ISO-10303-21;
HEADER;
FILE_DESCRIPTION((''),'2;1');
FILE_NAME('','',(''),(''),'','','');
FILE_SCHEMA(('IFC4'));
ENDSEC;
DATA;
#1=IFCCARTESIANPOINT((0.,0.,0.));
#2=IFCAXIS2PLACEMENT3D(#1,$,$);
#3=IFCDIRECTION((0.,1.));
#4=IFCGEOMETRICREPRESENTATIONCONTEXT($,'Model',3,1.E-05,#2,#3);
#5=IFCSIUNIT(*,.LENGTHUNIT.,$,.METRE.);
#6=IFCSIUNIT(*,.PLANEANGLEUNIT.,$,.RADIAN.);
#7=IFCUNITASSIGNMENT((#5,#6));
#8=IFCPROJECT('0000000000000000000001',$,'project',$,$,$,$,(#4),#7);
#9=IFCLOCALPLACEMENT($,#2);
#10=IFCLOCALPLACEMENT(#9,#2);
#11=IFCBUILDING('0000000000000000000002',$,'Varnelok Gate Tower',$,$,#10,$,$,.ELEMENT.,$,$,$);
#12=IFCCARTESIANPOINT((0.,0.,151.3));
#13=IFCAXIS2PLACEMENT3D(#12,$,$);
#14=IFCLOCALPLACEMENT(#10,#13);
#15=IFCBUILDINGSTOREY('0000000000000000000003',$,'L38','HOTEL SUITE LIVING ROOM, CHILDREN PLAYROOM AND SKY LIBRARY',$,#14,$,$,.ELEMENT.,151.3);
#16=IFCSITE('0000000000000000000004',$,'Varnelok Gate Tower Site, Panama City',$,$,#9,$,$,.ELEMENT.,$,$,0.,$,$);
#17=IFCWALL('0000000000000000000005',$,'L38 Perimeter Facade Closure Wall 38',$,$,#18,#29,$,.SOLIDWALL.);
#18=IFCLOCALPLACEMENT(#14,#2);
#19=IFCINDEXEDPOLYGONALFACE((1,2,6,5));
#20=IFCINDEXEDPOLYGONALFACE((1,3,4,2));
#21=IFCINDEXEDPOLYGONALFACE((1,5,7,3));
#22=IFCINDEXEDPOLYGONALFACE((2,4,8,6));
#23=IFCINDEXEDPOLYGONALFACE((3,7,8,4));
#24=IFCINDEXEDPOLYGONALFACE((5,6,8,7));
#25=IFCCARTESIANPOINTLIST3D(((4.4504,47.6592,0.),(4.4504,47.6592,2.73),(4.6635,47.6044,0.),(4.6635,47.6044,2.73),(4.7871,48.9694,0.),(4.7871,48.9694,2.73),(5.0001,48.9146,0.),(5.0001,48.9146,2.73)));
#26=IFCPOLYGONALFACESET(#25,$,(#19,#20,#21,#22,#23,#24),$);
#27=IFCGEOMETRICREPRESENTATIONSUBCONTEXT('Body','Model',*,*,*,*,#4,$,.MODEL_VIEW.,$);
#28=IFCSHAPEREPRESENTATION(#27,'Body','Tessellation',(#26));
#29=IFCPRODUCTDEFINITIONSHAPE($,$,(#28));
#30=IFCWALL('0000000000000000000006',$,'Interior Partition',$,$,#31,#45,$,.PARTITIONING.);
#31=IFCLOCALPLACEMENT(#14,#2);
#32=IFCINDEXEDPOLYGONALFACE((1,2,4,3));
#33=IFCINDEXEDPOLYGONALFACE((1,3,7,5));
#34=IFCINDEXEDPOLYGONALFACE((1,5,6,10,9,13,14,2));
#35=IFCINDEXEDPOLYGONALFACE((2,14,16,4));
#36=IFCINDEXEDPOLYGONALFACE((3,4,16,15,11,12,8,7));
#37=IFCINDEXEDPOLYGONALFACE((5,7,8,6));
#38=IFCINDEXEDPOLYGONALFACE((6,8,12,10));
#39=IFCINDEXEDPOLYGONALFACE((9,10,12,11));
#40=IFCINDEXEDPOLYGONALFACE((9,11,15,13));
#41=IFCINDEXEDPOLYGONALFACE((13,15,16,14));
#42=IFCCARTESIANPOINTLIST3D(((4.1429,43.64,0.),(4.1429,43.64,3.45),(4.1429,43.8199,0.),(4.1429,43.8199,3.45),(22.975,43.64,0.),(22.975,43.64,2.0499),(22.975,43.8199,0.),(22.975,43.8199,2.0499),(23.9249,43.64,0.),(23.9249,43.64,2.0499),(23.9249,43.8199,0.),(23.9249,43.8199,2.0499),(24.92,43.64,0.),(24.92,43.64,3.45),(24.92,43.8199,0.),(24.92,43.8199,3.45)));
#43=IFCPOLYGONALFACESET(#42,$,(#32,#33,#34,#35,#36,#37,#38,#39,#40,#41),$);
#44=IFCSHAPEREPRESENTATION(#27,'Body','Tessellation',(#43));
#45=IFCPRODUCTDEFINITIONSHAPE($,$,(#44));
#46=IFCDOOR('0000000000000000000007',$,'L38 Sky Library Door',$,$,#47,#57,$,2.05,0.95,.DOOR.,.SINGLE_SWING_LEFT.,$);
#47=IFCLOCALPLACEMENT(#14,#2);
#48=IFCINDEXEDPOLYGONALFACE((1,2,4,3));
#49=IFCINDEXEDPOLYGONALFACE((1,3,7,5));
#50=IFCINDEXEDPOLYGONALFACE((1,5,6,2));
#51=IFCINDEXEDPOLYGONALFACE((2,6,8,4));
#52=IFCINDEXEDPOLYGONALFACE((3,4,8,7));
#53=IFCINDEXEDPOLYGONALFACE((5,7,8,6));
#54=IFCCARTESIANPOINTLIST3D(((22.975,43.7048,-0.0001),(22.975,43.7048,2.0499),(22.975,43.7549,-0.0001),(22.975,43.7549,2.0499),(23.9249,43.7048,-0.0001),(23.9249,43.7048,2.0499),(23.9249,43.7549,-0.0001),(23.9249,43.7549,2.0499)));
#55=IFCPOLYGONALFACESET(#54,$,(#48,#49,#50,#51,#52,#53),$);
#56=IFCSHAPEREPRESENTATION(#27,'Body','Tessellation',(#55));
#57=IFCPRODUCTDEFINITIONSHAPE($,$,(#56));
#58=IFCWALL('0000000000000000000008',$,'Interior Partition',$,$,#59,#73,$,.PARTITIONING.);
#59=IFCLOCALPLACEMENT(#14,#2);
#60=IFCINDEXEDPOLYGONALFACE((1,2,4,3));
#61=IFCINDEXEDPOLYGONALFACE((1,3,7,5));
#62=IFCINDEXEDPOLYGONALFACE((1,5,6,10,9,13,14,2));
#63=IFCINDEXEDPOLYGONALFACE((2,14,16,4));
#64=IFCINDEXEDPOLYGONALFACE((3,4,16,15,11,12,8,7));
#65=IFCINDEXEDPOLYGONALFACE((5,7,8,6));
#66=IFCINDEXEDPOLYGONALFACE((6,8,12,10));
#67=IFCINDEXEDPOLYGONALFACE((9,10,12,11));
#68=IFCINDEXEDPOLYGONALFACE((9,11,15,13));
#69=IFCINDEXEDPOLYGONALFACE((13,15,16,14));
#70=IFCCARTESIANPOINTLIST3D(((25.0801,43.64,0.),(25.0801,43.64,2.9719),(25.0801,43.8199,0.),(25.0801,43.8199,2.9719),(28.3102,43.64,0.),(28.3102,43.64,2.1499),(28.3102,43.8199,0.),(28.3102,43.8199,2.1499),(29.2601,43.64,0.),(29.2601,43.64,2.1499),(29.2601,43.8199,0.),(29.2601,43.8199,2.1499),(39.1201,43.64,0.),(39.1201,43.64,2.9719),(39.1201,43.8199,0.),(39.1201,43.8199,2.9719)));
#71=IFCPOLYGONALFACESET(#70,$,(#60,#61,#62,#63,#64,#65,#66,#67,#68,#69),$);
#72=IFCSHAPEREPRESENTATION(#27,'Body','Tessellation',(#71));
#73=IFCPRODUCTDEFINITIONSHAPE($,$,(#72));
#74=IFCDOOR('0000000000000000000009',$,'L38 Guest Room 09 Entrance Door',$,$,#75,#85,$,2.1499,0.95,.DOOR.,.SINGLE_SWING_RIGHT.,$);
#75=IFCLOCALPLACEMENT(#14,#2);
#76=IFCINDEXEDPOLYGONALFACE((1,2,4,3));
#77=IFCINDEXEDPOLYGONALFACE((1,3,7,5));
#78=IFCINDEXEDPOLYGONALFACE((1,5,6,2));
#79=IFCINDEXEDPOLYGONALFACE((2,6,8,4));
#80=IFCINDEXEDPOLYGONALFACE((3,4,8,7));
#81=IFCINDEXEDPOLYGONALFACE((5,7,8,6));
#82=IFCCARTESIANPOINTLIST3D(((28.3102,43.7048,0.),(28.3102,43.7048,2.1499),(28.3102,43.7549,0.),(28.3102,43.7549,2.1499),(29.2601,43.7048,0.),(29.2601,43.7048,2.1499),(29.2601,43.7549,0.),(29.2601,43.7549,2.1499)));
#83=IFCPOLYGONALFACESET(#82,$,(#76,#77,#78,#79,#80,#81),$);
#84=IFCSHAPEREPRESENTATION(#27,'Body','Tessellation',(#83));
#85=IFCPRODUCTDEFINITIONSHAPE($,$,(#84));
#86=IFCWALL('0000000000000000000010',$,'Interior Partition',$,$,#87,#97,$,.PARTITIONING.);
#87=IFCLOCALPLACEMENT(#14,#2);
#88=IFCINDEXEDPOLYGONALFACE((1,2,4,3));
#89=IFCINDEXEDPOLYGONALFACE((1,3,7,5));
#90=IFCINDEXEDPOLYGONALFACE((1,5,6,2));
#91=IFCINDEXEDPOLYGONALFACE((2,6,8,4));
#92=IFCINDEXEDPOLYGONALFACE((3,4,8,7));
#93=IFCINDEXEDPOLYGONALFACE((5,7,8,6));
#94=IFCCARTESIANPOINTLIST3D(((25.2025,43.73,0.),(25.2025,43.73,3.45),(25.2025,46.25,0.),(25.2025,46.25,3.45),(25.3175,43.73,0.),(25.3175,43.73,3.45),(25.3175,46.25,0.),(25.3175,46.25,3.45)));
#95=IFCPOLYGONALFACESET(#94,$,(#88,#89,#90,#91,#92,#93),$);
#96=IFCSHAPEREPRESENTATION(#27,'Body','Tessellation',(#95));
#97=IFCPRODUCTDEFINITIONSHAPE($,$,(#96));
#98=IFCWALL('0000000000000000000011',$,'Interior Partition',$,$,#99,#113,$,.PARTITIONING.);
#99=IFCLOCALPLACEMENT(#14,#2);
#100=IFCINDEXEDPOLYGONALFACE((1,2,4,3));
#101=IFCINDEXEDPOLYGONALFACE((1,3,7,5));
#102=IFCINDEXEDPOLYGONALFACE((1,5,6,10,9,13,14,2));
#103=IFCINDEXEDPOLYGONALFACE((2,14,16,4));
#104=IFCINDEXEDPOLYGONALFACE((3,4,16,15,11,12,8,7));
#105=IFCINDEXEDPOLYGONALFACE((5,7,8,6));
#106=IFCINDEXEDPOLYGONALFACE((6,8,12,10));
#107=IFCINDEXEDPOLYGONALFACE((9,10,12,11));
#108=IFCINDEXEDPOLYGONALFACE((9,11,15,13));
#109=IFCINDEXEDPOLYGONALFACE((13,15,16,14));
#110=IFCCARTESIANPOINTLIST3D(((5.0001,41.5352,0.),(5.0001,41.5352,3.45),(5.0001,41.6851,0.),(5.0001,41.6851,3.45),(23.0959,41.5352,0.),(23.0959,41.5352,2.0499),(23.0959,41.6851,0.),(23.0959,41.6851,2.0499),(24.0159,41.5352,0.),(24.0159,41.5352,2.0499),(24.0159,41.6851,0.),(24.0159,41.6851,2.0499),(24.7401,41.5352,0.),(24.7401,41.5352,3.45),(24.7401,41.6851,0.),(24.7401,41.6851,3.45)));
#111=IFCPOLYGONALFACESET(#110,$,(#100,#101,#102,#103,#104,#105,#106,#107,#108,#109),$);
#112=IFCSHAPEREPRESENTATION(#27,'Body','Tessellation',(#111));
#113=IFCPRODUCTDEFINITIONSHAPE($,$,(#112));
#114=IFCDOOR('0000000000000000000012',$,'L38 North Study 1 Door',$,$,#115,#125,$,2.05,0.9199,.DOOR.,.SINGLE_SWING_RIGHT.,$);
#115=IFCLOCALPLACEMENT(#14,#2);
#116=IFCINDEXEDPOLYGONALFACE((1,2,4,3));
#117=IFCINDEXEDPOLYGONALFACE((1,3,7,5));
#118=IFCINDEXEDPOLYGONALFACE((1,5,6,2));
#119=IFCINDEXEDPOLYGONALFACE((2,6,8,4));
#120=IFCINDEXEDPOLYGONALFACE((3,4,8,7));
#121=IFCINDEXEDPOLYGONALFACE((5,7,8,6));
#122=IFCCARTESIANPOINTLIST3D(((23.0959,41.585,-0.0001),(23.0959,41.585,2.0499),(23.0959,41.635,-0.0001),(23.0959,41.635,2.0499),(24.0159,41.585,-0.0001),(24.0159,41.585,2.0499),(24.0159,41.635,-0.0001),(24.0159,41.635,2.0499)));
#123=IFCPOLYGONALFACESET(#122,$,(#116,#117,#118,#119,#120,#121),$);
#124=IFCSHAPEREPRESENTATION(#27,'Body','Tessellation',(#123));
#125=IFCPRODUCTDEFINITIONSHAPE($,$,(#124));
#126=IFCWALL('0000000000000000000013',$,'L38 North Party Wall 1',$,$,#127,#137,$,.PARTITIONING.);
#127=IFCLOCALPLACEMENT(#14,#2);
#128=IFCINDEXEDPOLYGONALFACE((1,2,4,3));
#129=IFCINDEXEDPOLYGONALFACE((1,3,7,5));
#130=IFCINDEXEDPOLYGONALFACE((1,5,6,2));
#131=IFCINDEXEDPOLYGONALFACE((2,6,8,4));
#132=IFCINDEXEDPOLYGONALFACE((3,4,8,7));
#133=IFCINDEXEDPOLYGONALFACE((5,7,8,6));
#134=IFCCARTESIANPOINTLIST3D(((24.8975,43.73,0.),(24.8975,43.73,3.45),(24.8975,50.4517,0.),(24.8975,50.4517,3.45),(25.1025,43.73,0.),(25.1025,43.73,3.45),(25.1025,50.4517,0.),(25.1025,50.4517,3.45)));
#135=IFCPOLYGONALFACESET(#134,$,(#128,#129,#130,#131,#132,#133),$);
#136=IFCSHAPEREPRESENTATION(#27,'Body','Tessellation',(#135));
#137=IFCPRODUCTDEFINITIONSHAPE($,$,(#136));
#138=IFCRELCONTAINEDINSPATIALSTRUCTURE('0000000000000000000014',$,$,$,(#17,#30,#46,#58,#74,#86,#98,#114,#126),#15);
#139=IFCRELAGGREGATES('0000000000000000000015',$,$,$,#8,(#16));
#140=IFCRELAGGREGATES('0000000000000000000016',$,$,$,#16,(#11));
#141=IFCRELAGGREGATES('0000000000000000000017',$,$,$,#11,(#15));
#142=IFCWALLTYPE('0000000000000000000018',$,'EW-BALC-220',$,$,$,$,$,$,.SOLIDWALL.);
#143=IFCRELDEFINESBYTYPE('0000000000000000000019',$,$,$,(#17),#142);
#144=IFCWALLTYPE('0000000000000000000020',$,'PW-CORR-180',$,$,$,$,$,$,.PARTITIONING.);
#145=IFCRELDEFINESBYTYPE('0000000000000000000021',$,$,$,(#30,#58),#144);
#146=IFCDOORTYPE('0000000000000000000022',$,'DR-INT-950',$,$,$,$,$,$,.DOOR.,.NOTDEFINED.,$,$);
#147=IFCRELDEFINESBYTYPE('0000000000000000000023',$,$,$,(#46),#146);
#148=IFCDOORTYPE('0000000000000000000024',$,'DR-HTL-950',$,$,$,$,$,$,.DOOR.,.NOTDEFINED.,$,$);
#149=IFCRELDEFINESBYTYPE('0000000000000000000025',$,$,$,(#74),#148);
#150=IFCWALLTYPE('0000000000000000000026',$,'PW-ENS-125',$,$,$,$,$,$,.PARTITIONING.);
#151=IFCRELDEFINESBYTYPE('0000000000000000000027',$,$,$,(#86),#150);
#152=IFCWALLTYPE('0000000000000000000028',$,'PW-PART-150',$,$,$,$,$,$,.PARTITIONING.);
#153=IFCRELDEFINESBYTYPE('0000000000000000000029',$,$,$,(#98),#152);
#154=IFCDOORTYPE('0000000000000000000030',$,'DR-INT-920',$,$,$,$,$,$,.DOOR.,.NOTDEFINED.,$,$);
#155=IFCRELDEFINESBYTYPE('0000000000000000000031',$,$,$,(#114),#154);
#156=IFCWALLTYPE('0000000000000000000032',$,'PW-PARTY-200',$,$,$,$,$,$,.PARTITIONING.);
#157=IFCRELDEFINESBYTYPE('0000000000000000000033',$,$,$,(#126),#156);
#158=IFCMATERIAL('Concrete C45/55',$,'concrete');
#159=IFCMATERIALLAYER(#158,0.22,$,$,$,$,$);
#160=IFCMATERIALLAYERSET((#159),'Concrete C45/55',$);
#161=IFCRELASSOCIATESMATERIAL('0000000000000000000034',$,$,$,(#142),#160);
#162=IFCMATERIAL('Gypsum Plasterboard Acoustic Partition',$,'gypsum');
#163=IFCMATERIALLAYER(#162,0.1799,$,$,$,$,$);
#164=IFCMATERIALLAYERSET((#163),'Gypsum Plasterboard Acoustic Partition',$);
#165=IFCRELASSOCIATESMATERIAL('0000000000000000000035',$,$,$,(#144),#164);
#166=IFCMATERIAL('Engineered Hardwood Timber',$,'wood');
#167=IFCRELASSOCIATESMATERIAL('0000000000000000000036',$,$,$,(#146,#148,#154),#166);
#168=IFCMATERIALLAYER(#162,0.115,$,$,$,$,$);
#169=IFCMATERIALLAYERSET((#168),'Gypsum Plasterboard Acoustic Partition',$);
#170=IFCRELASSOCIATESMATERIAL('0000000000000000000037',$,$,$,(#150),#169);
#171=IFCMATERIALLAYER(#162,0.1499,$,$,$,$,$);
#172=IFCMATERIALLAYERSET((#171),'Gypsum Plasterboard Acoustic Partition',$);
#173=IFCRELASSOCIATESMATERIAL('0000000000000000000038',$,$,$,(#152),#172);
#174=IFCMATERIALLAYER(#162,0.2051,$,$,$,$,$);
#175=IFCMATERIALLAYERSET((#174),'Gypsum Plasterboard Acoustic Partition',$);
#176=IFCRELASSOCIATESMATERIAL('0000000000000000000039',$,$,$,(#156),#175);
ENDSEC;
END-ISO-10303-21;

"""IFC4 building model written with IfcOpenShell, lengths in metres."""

from ifc_helpers import new_model, si_unit, direction, frame, frame_2d, origin, place, context, subcontext, project, spatial, rectangle, extrude, material, layer, layer_set, type_object, element, fill, save


model = new_model("IFC4")

# Units and contexts
model_context = context("Model", 3, precision=1e-05, world=origin(), true_north=direction((0.0, 1.0)))
body_context = subcontext(model_context, "Body", "Model", "MODEL_VIEW")
ifc_project = project(units=[si_unit("LENGTHUNIT", "METRE"), si_unit("PLANEANGLEUNIT", "RADIAN")], contexts=[model_context])

# Site, building, storey
site_placement = place(None, origin())
site = spatial("IfcSite", under=ifc_project, at=site_placement, Name="Varnelok Gate Tower Site, Panama City", CompositionType="ELEMENT", RefElevation=0.0)
building_placement = place(site_placement, origin())
building = spatial("IfcBuilding", under=site, at=building_placement, Name="Varnelok Gate Tower", CompositionType="ELEMENT")
storey_placement = place(building_placement, frame((0.0, 0.0, 151.3)))
storey = spatial("IfcBuildingStorey", under=building, at=storey_placement, Name="L38", Description="HOTEL SUITE LIVING ROOM, CHILDREN PLAYROOM AND SKY LIBRARY", CompositionType="ELEMENT", Elevation=151.3)

# Wall
ifc_material_1 = material(Name="Concrete C45/55", Category="concrete")
ifc_layer_1 = layer(ifc_material_1, 0.22)
ifc_layer_set_1 = layer_set([ifc_layer_1], Name="Concrete C45/55")
wall_type_1 = type_object("IfcWallType", Name="EW-BALC-220", PredefinedType="SOLIDWALL", material=ifc_layer_set_1)
wall_1_placement = place(storey_placement, frame((4.8936, 48.9419, 0.0), z_axis=(0.0, 0.0, 1.0), x_axis=(-0.248857, -0.96854, 0.0)))
element("IfcWall", 1, at=wall_1_placement, inside=storey, type_object=wall_type_1, Name="L38 Perimeter Facade Closure Wall 38", PredefinedType="SOLIDWALL", context=body_context, shape_type="SweptSolid", body=[
    extrude(rectangle(XDim=1.3528, YDim=0.22, at=frame_2d((0.6763, 0.0))), origin(), (0.0, 0.0, 1.0), 2.73),
])

# Walls, openings, doors
ifc_material_2 = material(Name="Gypsum Plasterboard Acoustic Partition", Category="gypsum")
ifc_layer_2 = layer(ifc_material_2, 0.1799)
ifc_layer_set_2 = layer_set([ifc_layer_2], Name="Gypsum Plasterboard Acoustic Partition")
wall_type_2 = type_object("IfcWallType", Name="PW-CORR-180", PredefinedType="PARTITIONING", material=ifc_layer_set_2)
wall_2_placement = place(storey_placement, frame((4.1428, 43.73, 0.0), z_axis=(0.0, 0.0, 1.0), x_axis=(1.0, 0.0, 0.0)))
wall_2 = element("IfcWall", 2, at=wall_2_placement, inside=storey, type_object=wall_type_2, Name="Interior Partition", PredefinedType="PARTITIONING", context=body_context, shape_type="SweptSolid", body=[
    extrude(rectangle(XDim=20.7771, YDim=0.1799, at=frame_2d((10.3887, 0.0))), origin(), (0.0, 0.0, 1.0), 3.45),
])
opening_1_placement = place(wall_2_placement, frame((18.832, 0.0, 0.0)))
opening_1 = element("IfcOpeningElement", 3, at=opening_1_placement, cuts=wall_2, PredefinedType="OPENING", context=body_context, shape_type="SweptSolid", body=[
    extrude(rectangle(XDim=0.95, YDim=2.05, at=frame_2d((0.4751, 1.0249))), frame((0.0, 0.0999, 0.0), z_axis=(0.0, -1.0, 0.0), x_axis=(1.0, 0.0, 0.0)), (0.0, 0.0, 1.0), 0.2),
])
ifc_material_3 = material(Name="Engineered Hardwood Timber", Category="wood")
door_type_1 = type_object("IfcDoorType", Name="DR-INT-950", OperationType="NOTDEFINED", PredefinedType="DOOR", material=ifc_material_3)
door_1_placement = place(opening_1_placement, origin())
door_1 = element("IfcDoor", 4, at=door_1_placement, inside=storey, type_object=door_type_1, Name="L38 Sky Library Door", OperationType="SINGLE_SWING_LEFT", OverallHeight=2.05, OverallWidth=0.95, PredefinedType="DOOR", context=body_context, shape_type="SweptSolid", body=[
    extrude(rectangle(XDim=0.95, YDim=2.05, at=frame_2d((0.4751, 1.0249))), frame((0.0, 0.0249, 0.0), z_axis=(0.0, -1.0, 0.0), x_axis=(1.0, 0.0, 0.0)), (0.0, 0.0, 1.0), 0.05),
])
fill(opening_1, door_1)
wall_3_placement = place(storey_placement, frame((25.0801, 43.73, 0.0), z_axis=(0.0, 0.0, 1.0), x_axis=(1.0, 0.0, 0.0)))
wall_3 = element("IfcWall", 5, at=wall_3_placement, inside=storey, type_object=wall_type_2, Name="Interior Partition", PredefinedType="PARTITIONING", context=body_context, shape_type="SweptSolid", body=[
    extrude(rectangle(XDim=14.04, YDim=0.1799, at=frame_2d((7.02, 0.0))), origin(), (0.0, 0.0, 1.0), 2.9719),
])
opening_2_placement = place(wall_3_placement, frame((3.23, 0.0, 0.0)))
opening_2 = element("IfcOpeningElement", 6, at=opening_2_placement, cuts=wall_3, PredefinedType="OPENING", context=body_context, shape_type="SweptSolid", body=[
    extrude(rectangle(XDim=0.95, YDim=2.1499, at=frame_2d((0.4751, 1.075))), frame((0.0, 0.0999, 0.0), z_axis=(0.0, -1.0, 0.0), x_axis=(1.0, 0.0, 0.0)), (0.0, 0.0, 1.0), 0.2),
])
door_type_2 = type_object("IfcDoorType", Name="DR-HTL-950", OperationType="NOTDEFINED", PredefinedType="DOOR", material=ifc_material_3)
door_2_placement = place(opening_2_placement, origin())
door_2 = element("IfcDoor", 7, at=door_2_placement, inside=storey, type_object=door_type_2, Name="L38 Guest Room 09 Entrance Door", OperationType="SINGLE_SWING_RIGHT", OverallHeight=2.1499, OverallWidth=0.95, PredefinedType="DOOR", context=body_context, shape_type="SweptSolid", body=[
    extrude(rectangle(XDim=0.95, YDim=2.1499, at=frame_2d((0.4751, 1.075))), frame((0.0, 0.0249, 0.0), z_axis=(0.0, -1.0, 0.0), x_axis=(1.0, 0.0, 0.0)), (0.0, 0.0, 1.0), 0.05),
])
fill(opening_2, door_2)

# Wall
ifc_layer_3 = layer(ifc_material_2, 0.115)
ifc_layer_set_3 = layer_set([ifc_layer_3], Name="Gypsum Plasterboard Acoustic Partition")
wall_type_3 = type_object("IfcWallType", Name="PW-ENS-125", PredefinedType="PARTITIONING", material=ifc_layer_set_3)
wall_4_placement = place(storey_placement, frame((25.26, 43.73, 0.0), z_axis=(0.0, 0.0, 1.0), x_axis=(0.0, 1.0, 0.0)))
element("IfcWall", 8, at=wall_4_placement, inside=storey, type_object=wall_type_3, Name="Interior Partition", PredefinedType="PARTITIONING", context=body_context, shape_type="SweptSolid", body=[
    extrude(rectangle(XDim=2.52, YDim=0.115, at=frame_2d((1.26, 0.0))), origin(), (0.0, 0.0, 1.0), 3.45),
])

# Wall, opening, door
ifc_layer_4 = layer(ifc_material_2, 0.1499)
ifc_layer_set_4 = layer_set([ifc_layer_4], Name="Gypsum Plasterboard Acoustic Partition")
wall_type_4 = type_object("IfcWallType", Name="PW-PART-150", PredefinedType="PARTITIONING", material=ifc_layer_set_4)
wall_5_placement = place(storey_placement, frame((5.0, 41.6101, 0.0), z_axis=(0.0, 0.0, 1.0), x_axis=(1.0, 0.0, 0.0)))
wall_5 = element("IfcWall", 9, at=wall_5_placement, inside=storey, type_object=wall_type_4, Name="Interior Partition", PredefinedType="PARTITIONING", context=body_context, shape_type="SweptSolid", body=[
    extrude(rectangle(XDim=19.74, YDim=0.1499, at=frame_2d((9.8701, 0.0))), origin(), (0.0, 0.0, 1.0), 3.45),
])
opening_3_placement = place(wall_5_placement, frame((18.0959, 0.0, 0.0)))
opening_3 = element("IfcOpeningElement", 10, at=opening_3_placement, cuts=wall_5, PredefinedType="OPENING", context=body_context, shape_type="SweptSolid", body=[
    extrude(rectangle(XDim=0.9199, YDim=2.05, at=frame_2d((0.46, 1.0249))), frame((0.0, 0.085, 0.0), z_axis=(0.0, -1.0, 0.0), x_axis=(1.0, 0.0, 0.0)), (0.0, 0.0, 1.0), 0.1699),
])
door_type_3 = type_object("IfcDoorType", Name="DR-INT-920", OperationType="NOTDEFINED", PredefinedType="DOOR", material=ifc_material_3)
door_3_placement = place(opening_3_placement, origin())
door_3 = element("IfcDoor", 11, at=door_3_placement, inside=storey, type_object=door_type_3, Name="L38 North Study 1 Door", OperationType="SINGLE_SWING_RIGHT", OverallHeight=2.05, OverallWidth=0.9199, PredefinedType="DOOR", context=body_context, shape_type="SweptSolid", body=[
    extrude(rectangle(XDim=0.9199, YDim=2.05, at=frame_2d((0.46, 1.0249))), frame((0.0, 0.0249, 0.0), z_axis=(0.0, -1.0, 0.0), x_axis=(1.0, 0.0, 0.0)), (0.0, 0.0, 1.0), 0.05),
])
fill(opening_3, door_3)

# Wall
ifc_layer_5 = layer(ifc_material_2, 0.2051)
ifc_layer_set_5 = layer_set([ifc_layer_5], Name="Gypsum Plasterboard Acoustic Partition")
wall_type_5 = type_object("IfcWallType", Name="PW-PARTY-200", PredefinedType="PARTITIONING", material=ifc_layer_set_5)
wall_6_placement = place(storey_placement, frame((25.0, 43.73, 0.0), z_axis=(0.0, 0.0, 1.0), x_axis=(0.0, 1.0, 0.0)))
element("IfcWall", 12, at=wall_6_placement, inside=storey, type_object=wall_type_5, Name="L38 North Party Wall 1", PredefinedType="PARTITIONING", context=body_context, shape_type="SweptSolid", body=[
    extrude(rectangle(XDim=6.7217, YDim=0.2051, at=frame_2d((3.3608, 0.0))), origin(), (0.0, 0.0, 1.0), 3.45),
])

save(model, "model.ifc")
